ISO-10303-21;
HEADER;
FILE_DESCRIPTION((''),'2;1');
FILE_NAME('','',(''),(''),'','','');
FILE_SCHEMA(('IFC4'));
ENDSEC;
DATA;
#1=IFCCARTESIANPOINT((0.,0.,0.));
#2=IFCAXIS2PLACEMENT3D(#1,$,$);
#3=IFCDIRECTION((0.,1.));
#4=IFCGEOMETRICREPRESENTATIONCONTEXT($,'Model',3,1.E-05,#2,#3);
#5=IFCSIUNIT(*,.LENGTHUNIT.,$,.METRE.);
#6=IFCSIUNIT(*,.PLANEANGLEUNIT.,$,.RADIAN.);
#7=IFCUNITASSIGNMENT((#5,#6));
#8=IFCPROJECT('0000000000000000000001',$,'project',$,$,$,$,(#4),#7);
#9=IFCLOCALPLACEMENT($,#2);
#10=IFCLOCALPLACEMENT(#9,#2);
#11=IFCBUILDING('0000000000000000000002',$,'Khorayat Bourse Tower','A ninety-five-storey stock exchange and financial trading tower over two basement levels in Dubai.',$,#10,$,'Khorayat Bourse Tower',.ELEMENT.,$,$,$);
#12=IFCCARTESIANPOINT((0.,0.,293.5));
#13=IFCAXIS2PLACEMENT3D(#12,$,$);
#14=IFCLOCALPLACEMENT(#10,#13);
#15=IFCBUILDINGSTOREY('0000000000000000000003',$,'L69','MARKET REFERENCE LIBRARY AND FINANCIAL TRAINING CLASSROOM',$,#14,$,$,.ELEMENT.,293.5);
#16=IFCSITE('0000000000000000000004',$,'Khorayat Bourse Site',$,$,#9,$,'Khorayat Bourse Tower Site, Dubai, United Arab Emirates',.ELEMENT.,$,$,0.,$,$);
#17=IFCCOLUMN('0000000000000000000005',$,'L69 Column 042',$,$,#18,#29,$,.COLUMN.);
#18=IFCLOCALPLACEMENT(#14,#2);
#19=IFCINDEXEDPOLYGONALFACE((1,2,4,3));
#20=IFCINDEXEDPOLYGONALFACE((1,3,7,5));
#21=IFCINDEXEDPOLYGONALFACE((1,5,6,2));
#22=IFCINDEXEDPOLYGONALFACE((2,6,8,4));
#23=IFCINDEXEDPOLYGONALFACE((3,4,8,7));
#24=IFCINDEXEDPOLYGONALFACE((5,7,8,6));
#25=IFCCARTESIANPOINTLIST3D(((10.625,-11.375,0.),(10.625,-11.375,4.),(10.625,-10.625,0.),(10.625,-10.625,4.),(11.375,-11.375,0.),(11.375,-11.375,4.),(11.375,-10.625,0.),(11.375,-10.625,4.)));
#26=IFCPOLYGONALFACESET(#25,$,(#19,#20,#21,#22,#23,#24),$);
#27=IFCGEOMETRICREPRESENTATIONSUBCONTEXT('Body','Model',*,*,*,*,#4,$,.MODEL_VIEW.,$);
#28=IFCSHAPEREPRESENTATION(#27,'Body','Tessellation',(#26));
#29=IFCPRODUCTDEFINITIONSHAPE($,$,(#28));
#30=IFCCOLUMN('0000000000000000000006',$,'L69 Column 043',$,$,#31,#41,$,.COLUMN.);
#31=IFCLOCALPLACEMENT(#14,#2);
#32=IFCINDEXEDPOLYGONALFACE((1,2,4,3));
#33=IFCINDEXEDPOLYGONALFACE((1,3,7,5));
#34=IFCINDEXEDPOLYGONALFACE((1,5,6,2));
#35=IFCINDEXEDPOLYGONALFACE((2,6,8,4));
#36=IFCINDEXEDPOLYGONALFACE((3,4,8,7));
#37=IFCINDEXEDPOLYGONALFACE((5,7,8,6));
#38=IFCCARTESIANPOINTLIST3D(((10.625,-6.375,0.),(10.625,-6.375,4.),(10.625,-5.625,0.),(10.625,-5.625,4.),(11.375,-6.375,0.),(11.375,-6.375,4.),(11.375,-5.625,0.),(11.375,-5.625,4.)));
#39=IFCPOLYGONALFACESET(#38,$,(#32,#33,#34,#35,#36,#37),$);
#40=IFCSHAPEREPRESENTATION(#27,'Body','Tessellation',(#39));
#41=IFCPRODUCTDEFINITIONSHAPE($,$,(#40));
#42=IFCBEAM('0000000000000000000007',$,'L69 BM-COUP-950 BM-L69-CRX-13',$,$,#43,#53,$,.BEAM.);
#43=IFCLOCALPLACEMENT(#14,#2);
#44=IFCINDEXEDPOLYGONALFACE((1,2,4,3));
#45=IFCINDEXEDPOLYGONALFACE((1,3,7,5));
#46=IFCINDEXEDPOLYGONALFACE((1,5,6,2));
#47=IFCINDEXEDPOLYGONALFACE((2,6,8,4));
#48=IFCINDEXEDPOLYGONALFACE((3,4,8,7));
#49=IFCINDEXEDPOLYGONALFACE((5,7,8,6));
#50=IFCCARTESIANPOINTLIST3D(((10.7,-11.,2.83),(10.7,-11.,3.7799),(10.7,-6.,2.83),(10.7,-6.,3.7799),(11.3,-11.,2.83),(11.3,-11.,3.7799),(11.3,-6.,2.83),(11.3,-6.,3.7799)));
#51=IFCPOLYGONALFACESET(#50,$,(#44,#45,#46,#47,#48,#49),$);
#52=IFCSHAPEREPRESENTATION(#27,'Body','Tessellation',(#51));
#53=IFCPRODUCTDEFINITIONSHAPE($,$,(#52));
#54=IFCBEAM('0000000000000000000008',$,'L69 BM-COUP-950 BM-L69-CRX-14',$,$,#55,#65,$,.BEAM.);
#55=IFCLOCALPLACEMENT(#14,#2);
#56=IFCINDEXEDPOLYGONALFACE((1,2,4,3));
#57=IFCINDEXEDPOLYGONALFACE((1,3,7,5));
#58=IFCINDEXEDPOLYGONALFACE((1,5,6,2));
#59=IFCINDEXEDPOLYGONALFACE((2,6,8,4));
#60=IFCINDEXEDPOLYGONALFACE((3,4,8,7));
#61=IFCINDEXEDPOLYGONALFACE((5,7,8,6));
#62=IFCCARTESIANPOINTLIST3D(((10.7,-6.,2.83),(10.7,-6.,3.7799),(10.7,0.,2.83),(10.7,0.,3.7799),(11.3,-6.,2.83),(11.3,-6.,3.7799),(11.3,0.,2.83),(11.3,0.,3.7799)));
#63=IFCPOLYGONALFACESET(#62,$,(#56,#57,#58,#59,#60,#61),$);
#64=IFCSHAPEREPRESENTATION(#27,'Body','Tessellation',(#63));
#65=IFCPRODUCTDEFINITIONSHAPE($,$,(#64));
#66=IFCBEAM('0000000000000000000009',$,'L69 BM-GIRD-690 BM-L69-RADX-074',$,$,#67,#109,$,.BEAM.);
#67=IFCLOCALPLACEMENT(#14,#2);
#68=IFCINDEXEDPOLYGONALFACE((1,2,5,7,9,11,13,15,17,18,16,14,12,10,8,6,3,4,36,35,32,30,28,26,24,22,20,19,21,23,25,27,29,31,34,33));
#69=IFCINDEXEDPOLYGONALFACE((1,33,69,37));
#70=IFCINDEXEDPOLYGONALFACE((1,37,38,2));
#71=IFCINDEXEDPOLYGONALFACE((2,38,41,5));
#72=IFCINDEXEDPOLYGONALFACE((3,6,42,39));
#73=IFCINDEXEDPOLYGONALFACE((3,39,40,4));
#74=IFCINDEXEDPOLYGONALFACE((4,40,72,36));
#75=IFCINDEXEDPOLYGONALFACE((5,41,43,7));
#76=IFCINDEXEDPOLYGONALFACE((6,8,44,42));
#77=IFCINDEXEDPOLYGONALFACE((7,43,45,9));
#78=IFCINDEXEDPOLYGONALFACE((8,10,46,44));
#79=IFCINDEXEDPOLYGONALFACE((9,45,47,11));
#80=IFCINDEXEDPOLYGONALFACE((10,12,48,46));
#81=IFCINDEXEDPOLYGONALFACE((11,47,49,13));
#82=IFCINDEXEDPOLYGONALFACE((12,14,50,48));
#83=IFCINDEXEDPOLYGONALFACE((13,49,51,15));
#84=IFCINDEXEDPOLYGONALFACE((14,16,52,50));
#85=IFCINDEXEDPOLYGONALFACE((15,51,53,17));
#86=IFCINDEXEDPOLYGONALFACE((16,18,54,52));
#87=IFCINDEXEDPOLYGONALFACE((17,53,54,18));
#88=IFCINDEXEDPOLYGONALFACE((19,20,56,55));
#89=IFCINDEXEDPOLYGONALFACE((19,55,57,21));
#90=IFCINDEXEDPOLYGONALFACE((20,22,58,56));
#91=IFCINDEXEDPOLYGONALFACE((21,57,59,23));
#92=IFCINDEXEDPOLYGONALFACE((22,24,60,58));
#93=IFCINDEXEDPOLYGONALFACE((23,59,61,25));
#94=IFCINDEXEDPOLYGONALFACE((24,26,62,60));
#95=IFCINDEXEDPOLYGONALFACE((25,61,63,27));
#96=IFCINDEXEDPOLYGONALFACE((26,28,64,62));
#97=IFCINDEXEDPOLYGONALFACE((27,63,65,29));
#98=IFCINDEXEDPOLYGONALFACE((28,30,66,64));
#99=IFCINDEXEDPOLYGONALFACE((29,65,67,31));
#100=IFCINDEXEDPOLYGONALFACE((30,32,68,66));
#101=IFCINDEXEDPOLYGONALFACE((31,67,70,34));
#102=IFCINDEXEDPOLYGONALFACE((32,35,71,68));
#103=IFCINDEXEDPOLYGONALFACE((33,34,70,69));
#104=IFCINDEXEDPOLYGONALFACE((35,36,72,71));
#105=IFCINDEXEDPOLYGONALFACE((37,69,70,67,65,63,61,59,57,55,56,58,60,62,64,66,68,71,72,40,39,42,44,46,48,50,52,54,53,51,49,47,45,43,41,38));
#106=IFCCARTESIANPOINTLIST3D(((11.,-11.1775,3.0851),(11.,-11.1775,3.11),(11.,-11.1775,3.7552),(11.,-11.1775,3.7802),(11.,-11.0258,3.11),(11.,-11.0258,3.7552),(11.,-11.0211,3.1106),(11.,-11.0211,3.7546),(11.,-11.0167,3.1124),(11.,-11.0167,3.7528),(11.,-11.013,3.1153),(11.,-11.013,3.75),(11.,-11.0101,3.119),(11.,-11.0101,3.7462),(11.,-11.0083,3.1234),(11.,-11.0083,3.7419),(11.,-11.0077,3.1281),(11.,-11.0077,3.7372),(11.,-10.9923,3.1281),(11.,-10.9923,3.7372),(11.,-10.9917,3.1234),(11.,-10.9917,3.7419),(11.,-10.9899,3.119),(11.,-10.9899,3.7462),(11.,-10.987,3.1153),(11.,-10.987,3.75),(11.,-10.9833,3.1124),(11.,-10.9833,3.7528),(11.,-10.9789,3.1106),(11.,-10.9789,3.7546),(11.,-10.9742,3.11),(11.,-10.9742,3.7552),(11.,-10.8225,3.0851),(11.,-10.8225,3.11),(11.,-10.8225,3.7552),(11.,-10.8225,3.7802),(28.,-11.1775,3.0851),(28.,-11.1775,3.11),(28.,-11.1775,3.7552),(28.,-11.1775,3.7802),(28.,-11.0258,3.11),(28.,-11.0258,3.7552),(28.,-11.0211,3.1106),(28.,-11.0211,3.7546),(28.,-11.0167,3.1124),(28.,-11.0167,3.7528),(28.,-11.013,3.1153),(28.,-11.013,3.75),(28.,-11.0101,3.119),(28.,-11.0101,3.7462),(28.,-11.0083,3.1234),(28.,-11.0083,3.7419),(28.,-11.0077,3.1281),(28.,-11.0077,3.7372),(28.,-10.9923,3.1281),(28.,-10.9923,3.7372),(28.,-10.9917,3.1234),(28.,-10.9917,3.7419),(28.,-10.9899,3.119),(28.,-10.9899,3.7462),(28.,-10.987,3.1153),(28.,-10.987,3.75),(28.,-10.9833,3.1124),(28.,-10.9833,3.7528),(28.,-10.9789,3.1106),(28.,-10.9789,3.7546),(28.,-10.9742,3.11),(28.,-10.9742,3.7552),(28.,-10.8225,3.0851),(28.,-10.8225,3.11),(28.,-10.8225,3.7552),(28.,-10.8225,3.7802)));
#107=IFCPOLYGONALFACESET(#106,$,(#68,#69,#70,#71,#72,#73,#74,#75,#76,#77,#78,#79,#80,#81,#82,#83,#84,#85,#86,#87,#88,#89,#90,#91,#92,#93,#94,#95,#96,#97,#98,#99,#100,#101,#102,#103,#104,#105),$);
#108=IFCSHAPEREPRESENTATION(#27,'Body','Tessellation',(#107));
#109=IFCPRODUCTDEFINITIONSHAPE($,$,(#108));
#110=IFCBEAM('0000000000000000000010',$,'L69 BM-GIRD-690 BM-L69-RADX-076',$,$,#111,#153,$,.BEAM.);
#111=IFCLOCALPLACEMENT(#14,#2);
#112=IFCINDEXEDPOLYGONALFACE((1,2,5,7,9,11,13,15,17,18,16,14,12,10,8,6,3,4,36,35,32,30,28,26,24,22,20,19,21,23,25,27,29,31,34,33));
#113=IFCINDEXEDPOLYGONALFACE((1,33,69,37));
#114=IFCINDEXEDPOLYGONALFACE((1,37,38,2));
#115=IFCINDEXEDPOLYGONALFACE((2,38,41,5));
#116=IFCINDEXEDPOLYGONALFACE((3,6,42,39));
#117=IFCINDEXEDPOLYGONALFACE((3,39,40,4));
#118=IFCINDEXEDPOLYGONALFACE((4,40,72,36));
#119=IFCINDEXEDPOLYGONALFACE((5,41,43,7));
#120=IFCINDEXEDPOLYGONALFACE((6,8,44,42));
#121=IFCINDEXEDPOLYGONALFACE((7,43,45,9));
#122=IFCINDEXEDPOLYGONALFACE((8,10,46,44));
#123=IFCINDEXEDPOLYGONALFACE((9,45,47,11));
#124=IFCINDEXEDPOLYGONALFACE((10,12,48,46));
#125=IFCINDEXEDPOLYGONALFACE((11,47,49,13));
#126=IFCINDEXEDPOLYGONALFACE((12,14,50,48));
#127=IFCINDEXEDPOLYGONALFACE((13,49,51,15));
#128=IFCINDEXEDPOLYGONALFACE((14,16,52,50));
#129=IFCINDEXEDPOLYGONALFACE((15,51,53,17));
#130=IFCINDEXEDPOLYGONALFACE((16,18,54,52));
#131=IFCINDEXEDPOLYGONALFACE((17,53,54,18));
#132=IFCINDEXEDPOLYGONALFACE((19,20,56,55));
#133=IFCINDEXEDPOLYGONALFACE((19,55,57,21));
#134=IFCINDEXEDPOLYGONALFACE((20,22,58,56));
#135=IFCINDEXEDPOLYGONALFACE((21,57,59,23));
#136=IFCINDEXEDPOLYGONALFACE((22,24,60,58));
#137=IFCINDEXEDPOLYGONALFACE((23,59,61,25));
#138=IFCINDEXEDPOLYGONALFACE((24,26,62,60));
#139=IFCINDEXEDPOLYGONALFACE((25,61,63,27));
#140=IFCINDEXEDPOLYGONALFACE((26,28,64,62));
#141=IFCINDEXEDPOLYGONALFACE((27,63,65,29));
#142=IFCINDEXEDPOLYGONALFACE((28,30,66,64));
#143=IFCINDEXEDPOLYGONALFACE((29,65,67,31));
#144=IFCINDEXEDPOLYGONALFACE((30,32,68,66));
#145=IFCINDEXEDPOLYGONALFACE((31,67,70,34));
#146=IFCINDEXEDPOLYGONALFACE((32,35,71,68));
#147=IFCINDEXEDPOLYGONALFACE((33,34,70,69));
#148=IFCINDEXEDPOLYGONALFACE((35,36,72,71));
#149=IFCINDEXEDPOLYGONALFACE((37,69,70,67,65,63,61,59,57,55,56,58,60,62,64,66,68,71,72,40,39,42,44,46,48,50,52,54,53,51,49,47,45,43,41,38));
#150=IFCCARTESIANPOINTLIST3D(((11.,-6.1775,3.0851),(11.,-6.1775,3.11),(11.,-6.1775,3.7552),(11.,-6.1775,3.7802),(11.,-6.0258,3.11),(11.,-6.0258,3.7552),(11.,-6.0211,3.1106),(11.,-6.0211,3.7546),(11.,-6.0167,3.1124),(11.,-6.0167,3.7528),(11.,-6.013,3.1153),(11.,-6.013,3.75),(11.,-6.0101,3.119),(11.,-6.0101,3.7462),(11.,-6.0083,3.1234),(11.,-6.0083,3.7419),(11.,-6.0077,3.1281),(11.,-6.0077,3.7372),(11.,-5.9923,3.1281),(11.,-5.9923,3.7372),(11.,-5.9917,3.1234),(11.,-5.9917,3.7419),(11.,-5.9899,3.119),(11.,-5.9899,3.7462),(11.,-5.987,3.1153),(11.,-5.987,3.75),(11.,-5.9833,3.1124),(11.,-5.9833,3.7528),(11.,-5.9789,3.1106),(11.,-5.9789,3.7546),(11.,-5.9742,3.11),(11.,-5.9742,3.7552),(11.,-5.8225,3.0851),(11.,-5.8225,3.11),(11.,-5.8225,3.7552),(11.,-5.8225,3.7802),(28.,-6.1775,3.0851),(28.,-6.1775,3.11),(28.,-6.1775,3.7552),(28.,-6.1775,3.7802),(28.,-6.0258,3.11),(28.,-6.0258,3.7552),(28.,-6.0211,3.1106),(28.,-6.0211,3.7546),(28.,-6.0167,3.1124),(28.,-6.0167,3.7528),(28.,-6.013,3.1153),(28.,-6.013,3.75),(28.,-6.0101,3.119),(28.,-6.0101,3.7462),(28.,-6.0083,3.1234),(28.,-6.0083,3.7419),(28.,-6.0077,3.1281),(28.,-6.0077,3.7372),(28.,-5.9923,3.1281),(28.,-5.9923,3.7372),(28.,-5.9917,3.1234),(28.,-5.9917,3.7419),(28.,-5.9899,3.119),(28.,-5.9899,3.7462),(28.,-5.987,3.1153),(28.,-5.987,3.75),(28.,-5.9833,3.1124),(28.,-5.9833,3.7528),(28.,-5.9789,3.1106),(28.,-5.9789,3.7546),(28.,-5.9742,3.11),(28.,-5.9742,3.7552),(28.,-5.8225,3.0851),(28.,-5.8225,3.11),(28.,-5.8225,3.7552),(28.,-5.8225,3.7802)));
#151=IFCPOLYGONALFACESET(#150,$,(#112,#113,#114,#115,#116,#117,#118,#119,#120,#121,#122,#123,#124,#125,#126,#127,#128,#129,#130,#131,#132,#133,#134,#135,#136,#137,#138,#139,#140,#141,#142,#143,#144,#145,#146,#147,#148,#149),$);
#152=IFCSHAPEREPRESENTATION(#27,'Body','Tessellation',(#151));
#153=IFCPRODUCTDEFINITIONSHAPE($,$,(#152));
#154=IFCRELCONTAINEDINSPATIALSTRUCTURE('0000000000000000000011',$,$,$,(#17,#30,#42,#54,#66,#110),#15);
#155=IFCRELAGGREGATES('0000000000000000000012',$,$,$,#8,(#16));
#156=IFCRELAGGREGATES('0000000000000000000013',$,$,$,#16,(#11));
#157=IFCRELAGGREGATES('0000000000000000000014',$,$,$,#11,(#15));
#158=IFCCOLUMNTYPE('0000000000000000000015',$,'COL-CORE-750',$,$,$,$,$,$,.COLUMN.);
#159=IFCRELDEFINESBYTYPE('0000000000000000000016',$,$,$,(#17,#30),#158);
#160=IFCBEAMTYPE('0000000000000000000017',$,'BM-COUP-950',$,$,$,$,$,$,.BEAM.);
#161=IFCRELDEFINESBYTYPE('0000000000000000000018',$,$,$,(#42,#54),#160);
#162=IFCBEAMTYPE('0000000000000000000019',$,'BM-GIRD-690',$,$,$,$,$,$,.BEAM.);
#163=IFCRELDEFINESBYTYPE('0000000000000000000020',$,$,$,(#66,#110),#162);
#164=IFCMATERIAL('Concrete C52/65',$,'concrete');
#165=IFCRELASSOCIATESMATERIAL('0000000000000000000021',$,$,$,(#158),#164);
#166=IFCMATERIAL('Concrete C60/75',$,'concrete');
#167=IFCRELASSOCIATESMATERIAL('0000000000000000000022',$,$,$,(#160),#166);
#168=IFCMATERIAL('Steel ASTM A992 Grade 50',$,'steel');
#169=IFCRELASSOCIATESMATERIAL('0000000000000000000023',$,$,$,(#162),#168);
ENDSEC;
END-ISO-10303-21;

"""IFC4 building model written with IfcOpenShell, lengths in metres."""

from ifc_helpers import new_model, si_unit, direction, frame, origin, origin_2d, place, context, subcontext, project, spatial, rectangle, i_section, extrude, source, transform, mapped, material, material_profile, profile_set, type_object, element, save


model = new_model("IFC4")

# Units and contexts
model_context = context("Model", 3, precision=1e-05, world=origin(), true_north=direction((0.0, 1.0)))
body_context = subcontext(model_context, "Body", "Model", "MODEL_VIEW")
ifc_project = project(units=[si_unit("LENGTHUNIT", "METRE"), si_unit("PLANEANGLEUNIT", "RADIAN")], contexts=[model_context])

# Site, building, storey
site_placement = place(None, origin())
site = spatial("IfcSite", under=ifc_project, at=site_placement, Name="Khorayat Bourse Site", LongName="Khorayat Bourse Tower Site, Dubai, United Arab Emirates", CompositionType="ELEMENT", RefElevation=0.0)
building_placement = place(site_placement, origin())
building = spatial("IfcBuilding", under=site, at=building_placement, Name="Khorayat Bourse Tower", Description="A ninety-five-storey stock exchange and financial trading tower over two basement levels in Dubai.", LongName="Khorayat Bourse Tower", CompositionType="ELEMENT")
storey_placement = place(building_placement, frame((0.0, 0.0, 293.5)))
storey = spatial("IfcBuildingStorey", under=building, at=storey_placement, Name="L69", Description="MARKET REFERENCE LIBRARY AND FINANCIAL TRAINING CLASSROOM", CompositionType="ELEMENT", Elevation=293.5)

# Columns
ifc_material_1 = material(Name="Concrete C52/65", Category="concrete")
ifc_material_profile_1 = material_profile(ifc_material_1, rectangle(XDim=0.75, YDim=0.75, at=origin_2d()), Name="RC 750x750")
ifc_profile_set_1 = profile_set([ifc_material_profile_1], Name="Concrete C52/65")
column_type = type_object("IfcColumnType", Name="COL-CORE-750", PredefinedType="COLUMN", material=ifc_profile_set_1)
shared_shape_1 = source(origin(), body_context, "Body", "SweptSolid", [
    extrude(rectangle(XDim=0.75, YDim=0.75, at=origin_2d()), origin(), (0.0, 0.0, 1.0), 4.0),
])
for number, where, z_axis, x_axis, name in (
    (1, (11.0, -11.0, 0.0), (0.0, 0.0, 1.0), (1.0, 0.0, 0.0), "L69 Column 042"),
    (2, (11.0, -6.0, 0.0), (0.0, 0.0, 1.0), (1.0, 0.0, 0.0), "L69 Column 043"),
):
    element("IfcColumn", number, at=place(storey_placement, frame(where, z_axis=z_axis, x_axis=x_axis)), inside=storey, type_object=column_type, Name=name, PredefinedType="COLUMN", context=body_context, shape_type="MappedRepresentation", body=[
        mapped(shared_shape_1, transform((0.0, 0.0, 0.0), scale=1.0)),
    ])

# Beams
ifc_material_2 = material(Name="Concrete C60/75", Category="concrete")
ifc_material_profile_2 = material_profile(ifc_material_2, rectangle(XDim=0.6001, YDim=0.95, at=origin_2d()), Name="RC 600x950")
ifc_profile_set_2 = profile_set([ifc_material_profile_2], Name="Concrete C60/75")
beam_type_1 = type_object("IfcBeamType", Name="BM-COUP-950", PredefinedType="BEAM", material=ifc_profile_set_2)
shared_shape_2 = source(origin(), body_context, "Body", "SweptSolid", [
    extrude(rectangle(XDim=0.6001, YDim=0.95, at=origin_2d()), origin(), (0.0, 0.0, 1.0), 5.0),
])
beam_1_placement = place(storey_placement, frame((11.0, -11.0, 3.3049), z_axis=(0.0, 1.0, 0.0), x_axis=(-1.0, 0.0, 0.0)))
element("IfcBeam", 3, at=beam_1_placement, inside=storey, type_object=beam_type_1, Name="L69 BM-COUP-950 BM-L69-CRX-13", PredefinedType="BEAM", context=body_context, shape_type="MappedRepresentation", body=[
    mapped(shared_shape_2, transform((0.0, 0.0, 0.0), scale=1.0)),
])
shared_shape_3 = source(origin(), body_context, "Body", "SweptSolid", [
    extrude(rectangle(XDim=0.6001, YDim=0.95, at=origin_2d()), origin(), (0.0, 0.0, 1.0), 6.0),
])
beam_2_placement = place(storey_placement, frame((11.0, -6.0, 3.3049), z_axis=(0.0, 1.0, 0.0), x_axis=(-1.0, 0.0, 0.0)))
element("IfcBeam", 4, at=beam_2_placement, inside=storey, type_object=beam_type_1, Name="L69 BM-COUP-950 BM-L69-CRX-14", PredefinedType="BEAM", context=body_context, shape_type="MappedRepresentation", body=[
    mapped(shared_shape_3, transform((0.0, 0.0, 0.0), scale=1.0)),
])
ifc_material_3 = material(Name="Steel ASTM A992 Grade 50", Category="steel")
ifc_material_profile_3 = material_profile(ifc_material_3, i_section(OverallWidth=0.355, OverallDepth=0.6951, WebThickness=0.0154, FlangeThickness=0.0249, FilletRadius=0.0181, at=origin_2d()), Name="W690X217")
ifc_profile_set_3 = profile_set([ifc_material_profile_3], Name="Steel ASTM A992 Grade 50")
beam_type_2 = type_object("IfcBeamType", Name="BM-GIRD-690", PredefinedType="BEAM", material=ifc_profile_set_3)
shared_shape_4 = source(origin(), body_context, "Body", "SweptSolid", [
    extrude(i_section(OverallWidth=0.355, OverallDepth=0.6951, WebThickness=0.0154, FlangeThickness=0.0249, FilletRadius=0.0181, at=origin_2d()), origin(), (0.0, 0.0, 1.0), 17.0),
])
for number, where, z_axis, x_axis, name in (
    (5, (11.0, -11.0, 3.4326), (1.0, 0.0, 0.0), (0.0, 1.0, 0.0), "L69 BM-GIRD-690 BM-L69-RADX-074"),
    (6, (11.0, -6.0, 3.4326), (1.0, 0.0, 0.0), (0.0, 1.0, 0.0), "L69 BM-GIRD-690 BM-L69-RADX-076"),
):
    element("IfcBeam", number, at=place(storey_placement, frame(where, z_axis=z_axis, x_axis=x_axis)), inside=storey, type_object=beam_type_2, Name=name, PredefinedType="BEAM", context=body_context, shape_type="MappedRepresentation", body=[
        mapped(shared_shape_4, transform((0.0, 0.0, 0.0), scale=1.0)),
    ])

save(model, "model.ifc")
